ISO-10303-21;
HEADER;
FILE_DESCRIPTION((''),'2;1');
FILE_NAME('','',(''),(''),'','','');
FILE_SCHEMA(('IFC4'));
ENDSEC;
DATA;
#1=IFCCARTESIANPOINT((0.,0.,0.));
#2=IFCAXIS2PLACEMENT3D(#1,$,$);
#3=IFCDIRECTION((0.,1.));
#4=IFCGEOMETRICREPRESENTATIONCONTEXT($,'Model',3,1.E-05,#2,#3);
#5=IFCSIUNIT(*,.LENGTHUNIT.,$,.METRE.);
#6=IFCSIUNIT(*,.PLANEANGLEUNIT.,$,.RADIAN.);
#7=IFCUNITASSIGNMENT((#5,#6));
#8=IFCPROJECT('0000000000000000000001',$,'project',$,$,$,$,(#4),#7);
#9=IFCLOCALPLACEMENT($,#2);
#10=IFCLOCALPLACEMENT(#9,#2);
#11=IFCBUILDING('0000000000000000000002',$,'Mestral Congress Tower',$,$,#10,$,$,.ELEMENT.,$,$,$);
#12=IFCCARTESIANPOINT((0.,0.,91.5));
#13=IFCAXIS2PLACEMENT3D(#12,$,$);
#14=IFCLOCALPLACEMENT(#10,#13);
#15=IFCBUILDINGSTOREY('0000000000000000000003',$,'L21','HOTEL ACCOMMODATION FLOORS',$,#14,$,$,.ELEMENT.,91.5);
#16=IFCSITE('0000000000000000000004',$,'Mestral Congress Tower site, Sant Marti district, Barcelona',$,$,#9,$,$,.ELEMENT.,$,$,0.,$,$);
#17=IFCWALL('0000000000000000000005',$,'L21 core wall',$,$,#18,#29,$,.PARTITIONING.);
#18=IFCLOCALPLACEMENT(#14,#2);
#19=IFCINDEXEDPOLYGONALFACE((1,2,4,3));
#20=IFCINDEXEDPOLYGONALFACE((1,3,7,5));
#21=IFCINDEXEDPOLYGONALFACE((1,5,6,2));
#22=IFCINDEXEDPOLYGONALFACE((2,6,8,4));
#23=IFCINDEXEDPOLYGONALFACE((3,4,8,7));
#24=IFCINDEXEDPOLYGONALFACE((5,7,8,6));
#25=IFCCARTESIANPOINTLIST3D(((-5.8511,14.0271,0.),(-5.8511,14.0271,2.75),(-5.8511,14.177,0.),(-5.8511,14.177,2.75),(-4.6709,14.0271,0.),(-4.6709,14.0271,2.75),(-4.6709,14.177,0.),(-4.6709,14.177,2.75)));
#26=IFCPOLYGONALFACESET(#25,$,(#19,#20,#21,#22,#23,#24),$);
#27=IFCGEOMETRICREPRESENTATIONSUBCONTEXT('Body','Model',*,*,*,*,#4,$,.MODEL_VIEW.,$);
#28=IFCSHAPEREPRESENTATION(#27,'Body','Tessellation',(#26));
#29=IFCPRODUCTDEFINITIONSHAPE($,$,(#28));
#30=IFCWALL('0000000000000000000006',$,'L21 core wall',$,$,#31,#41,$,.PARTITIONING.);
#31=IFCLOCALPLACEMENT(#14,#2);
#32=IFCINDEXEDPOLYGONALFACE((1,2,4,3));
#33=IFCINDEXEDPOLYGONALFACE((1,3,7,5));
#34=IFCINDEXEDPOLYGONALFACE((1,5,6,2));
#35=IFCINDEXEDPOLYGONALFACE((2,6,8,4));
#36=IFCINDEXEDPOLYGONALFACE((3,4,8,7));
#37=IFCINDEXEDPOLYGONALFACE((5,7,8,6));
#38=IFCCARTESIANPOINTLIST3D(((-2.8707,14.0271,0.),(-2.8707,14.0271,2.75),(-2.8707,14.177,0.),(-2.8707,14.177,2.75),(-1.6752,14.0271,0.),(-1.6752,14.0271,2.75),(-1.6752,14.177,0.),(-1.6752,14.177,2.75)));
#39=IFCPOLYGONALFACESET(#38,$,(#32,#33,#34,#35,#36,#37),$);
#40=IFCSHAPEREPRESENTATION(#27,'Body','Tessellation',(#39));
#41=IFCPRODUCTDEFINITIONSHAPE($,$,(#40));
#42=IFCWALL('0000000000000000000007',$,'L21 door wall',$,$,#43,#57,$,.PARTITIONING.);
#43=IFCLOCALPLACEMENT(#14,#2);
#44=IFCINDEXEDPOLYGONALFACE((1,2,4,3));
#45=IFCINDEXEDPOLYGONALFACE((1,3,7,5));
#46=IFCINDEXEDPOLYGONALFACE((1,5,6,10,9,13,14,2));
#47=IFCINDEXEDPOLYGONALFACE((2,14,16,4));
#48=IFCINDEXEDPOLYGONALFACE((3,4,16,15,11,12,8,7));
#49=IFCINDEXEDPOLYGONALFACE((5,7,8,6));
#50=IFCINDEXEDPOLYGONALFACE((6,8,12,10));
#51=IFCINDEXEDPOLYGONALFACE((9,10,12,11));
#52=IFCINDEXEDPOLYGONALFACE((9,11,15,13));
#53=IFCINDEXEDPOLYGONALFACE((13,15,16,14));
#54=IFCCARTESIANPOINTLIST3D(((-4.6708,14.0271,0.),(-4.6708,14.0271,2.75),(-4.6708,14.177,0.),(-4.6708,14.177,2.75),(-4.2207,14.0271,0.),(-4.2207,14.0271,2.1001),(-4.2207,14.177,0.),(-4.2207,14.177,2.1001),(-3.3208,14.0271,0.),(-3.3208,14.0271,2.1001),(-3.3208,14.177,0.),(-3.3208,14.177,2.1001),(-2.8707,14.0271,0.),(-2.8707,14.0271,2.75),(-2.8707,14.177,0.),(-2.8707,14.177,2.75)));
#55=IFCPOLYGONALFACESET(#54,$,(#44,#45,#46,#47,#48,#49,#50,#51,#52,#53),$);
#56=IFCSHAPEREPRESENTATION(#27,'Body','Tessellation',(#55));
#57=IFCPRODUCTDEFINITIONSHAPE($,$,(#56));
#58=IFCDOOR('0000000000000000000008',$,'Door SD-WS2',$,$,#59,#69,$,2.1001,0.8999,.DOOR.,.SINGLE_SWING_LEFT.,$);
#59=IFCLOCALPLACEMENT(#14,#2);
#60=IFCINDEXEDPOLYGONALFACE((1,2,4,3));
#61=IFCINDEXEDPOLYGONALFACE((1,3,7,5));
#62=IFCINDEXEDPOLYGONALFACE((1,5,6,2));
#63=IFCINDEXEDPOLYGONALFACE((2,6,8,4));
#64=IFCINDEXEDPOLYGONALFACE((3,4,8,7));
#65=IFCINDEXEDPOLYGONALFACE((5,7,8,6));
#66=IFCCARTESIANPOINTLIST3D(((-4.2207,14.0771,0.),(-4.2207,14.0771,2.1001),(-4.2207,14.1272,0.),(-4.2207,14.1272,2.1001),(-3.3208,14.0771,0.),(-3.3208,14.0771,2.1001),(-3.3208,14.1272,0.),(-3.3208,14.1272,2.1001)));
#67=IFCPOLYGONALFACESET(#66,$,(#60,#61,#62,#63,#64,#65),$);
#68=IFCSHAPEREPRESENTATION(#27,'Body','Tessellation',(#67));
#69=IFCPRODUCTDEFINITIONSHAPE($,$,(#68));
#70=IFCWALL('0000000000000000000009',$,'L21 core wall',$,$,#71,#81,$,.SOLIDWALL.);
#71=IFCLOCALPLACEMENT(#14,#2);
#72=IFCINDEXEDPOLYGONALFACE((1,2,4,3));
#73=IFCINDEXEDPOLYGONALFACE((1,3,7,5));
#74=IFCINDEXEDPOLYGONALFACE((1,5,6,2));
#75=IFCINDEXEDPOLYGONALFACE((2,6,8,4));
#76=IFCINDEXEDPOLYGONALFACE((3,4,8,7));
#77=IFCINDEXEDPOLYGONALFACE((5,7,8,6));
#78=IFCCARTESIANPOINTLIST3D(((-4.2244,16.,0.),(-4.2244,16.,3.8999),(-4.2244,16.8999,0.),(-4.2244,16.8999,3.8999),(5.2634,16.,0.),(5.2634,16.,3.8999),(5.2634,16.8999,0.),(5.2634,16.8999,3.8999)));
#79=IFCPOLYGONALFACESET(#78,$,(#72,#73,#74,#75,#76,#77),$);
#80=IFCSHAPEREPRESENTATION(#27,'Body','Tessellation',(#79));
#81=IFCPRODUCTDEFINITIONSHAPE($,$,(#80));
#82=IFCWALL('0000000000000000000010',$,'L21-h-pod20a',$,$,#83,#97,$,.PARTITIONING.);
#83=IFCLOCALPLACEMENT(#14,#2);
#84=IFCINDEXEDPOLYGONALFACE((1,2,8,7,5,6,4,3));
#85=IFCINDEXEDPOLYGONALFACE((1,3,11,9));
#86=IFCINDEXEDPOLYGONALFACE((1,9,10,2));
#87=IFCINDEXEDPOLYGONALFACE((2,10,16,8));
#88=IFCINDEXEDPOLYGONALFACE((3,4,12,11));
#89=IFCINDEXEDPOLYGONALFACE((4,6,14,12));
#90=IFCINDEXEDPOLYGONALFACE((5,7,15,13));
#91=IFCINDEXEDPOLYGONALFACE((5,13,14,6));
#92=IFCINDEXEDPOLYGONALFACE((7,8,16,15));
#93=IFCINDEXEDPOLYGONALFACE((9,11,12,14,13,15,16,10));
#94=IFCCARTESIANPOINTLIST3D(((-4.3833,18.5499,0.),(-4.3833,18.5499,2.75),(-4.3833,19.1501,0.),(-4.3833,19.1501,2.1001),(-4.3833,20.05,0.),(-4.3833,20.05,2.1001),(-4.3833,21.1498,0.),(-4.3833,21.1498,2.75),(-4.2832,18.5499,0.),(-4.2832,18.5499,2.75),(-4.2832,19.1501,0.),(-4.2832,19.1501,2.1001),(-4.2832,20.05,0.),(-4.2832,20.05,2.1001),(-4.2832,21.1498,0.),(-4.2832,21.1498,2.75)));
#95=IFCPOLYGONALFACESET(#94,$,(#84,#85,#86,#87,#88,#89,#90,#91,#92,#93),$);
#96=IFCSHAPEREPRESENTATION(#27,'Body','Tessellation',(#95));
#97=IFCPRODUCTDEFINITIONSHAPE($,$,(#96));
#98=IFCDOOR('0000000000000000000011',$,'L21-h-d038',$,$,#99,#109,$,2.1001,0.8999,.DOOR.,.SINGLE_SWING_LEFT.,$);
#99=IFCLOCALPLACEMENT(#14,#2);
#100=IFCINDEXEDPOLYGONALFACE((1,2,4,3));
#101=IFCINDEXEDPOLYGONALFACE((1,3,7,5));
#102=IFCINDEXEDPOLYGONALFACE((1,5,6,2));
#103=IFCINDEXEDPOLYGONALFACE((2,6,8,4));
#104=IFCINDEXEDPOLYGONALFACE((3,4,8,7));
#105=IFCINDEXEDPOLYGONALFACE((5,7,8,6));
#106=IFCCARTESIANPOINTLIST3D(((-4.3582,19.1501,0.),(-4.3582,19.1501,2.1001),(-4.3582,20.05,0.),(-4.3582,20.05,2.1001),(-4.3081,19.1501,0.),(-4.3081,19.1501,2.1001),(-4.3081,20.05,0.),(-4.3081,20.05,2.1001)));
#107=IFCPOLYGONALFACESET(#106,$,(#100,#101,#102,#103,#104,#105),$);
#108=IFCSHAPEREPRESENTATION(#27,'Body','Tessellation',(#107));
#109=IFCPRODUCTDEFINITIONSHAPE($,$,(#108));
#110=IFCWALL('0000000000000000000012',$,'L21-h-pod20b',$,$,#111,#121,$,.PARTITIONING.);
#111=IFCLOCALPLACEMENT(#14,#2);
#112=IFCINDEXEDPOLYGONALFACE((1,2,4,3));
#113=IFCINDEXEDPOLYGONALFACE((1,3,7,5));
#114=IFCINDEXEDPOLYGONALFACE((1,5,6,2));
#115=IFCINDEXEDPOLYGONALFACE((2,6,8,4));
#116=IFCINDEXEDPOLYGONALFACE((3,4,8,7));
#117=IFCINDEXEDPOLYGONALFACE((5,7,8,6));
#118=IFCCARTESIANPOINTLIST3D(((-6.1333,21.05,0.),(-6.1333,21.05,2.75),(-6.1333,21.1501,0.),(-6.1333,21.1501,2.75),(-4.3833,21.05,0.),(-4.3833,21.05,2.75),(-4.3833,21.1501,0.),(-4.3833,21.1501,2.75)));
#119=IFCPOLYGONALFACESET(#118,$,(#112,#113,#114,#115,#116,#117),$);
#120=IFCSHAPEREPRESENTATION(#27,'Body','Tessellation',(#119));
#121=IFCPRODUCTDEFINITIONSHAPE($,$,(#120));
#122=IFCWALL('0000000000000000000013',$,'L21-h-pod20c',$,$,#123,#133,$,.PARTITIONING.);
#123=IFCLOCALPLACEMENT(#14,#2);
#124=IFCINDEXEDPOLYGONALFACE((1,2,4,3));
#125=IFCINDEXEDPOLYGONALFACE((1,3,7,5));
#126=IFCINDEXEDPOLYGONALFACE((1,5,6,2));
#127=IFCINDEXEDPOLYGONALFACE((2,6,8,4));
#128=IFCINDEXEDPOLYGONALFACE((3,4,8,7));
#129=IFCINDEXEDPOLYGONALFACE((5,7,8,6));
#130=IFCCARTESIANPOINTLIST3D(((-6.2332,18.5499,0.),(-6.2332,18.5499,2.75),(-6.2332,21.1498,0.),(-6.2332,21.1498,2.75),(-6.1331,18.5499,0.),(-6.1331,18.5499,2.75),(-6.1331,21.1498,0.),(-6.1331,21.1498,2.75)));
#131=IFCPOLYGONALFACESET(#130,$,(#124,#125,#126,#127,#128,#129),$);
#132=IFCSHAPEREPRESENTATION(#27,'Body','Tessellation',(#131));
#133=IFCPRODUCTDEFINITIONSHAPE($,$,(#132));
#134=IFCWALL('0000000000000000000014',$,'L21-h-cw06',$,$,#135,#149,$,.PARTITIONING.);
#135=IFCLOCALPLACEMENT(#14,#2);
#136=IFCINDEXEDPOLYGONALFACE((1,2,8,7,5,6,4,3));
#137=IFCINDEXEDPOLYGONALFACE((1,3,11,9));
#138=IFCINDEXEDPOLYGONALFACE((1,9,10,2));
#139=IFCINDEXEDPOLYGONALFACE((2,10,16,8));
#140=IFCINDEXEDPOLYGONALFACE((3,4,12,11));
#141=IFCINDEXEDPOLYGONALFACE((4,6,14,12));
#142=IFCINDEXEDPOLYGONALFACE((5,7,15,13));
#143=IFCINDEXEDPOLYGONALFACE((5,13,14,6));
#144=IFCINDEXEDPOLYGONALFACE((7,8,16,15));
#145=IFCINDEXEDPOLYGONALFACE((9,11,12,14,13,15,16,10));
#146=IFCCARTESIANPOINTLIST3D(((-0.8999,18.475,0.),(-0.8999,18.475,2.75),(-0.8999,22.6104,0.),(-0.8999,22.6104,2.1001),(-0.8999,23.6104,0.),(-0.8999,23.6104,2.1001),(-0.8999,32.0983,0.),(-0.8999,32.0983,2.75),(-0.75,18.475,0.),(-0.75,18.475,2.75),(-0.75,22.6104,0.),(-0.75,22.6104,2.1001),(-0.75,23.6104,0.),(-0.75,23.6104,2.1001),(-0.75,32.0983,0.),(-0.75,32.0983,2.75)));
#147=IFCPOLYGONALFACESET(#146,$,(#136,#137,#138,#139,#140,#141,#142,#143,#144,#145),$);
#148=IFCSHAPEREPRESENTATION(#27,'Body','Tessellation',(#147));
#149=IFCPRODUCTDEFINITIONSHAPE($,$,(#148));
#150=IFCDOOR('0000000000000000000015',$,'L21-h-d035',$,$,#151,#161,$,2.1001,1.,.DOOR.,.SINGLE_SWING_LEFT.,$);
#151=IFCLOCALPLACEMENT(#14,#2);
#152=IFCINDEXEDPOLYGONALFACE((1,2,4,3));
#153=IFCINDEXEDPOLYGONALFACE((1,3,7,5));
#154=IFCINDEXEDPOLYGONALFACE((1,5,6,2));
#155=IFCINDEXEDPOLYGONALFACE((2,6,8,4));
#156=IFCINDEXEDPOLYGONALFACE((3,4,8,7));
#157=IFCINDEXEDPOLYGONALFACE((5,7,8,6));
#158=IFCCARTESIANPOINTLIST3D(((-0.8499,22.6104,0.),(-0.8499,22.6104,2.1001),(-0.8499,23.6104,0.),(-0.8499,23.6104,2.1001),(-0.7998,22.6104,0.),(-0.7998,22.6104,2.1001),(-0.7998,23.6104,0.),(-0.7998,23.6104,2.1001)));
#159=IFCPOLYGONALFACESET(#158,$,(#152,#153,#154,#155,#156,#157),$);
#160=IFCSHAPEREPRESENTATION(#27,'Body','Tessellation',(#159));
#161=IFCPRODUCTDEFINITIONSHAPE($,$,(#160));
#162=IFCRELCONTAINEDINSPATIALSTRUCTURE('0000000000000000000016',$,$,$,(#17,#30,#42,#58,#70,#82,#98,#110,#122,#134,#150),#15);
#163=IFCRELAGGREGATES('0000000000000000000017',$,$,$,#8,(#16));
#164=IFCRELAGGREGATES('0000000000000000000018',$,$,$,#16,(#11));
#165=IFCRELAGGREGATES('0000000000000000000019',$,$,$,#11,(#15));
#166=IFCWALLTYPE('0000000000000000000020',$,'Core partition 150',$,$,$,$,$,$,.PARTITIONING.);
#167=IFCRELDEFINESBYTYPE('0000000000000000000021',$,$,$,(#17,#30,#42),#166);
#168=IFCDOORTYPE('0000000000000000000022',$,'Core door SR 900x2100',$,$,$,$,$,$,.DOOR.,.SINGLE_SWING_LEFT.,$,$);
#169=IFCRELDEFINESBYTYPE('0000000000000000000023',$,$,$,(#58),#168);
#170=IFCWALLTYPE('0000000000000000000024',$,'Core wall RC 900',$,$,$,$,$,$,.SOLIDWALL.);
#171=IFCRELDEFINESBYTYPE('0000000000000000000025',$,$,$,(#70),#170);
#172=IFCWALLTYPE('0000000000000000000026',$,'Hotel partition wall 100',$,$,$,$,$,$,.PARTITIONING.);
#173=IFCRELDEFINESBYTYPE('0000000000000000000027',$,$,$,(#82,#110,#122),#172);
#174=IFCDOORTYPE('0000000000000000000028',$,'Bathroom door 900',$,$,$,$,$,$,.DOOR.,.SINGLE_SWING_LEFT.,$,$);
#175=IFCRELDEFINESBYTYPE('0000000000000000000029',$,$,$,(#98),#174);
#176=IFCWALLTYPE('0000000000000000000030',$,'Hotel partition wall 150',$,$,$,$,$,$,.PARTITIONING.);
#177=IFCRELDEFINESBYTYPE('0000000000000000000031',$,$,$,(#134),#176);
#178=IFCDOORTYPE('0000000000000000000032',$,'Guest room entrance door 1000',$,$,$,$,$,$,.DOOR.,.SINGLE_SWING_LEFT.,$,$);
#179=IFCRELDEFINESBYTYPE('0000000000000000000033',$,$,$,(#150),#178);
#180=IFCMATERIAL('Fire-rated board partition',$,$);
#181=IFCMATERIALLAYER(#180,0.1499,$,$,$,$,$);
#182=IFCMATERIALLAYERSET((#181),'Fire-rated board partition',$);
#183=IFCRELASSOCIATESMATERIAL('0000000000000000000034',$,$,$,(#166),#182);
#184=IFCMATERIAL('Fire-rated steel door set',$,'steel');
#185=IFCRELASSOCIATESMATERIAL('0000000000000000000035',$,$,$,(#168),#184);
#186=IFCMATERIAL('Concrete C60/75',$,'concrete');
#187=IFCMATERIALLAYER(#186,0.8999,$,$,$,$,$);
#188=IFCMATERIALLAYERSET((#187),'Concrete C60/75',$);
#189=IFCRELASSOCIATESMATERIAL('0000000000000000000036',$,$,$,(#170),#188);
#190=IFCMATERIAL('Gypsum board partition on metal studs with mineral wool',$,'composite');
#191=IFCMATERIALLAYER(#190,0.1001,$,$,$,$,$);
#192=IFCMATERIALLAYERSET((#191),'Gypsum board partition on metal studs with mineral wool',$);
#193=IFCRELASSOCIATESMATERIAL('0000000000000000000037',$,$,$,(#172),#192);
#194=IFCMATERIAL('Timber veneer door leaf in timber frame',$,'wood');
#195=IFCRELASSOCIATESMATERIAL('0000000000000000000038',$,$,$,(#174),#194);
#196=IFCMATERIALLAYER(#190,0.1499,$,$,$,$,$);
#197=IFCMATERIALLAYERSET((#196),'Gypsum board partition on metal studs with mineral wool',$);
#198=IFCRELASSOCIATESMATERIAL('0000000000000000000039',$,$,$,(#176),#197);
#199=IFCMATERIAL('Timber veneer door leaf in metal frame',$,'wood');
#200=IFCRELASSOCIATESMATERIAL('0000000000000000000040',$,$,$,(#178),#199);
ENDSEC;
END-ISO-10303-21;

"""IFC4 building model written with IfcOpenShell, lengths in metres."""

from ifc_helpers import new_model, si_unit, direction, frame, frame_2d, origin, place, context, subcontext, project, spatial, rectangle, extrude, material, layer, layer_set, type_object, element, fill, save


model = new_model("IFC4")

# Units and contexts
model_context = context("Model", 3, precision=1e-05, world=origin(), true_north=direction((0.0, 1.0)))
body_context = subcontext(model_context, "Body", "Model", "MODEL_VIEW")
ifc_project = project(units=[si_unit("LENGTHUNIT", "METRE"), si_unit("PLANEANGLEUNIT", "RADIAN")], contexts=[model_context])

# Site, building, storey
site_placement = place(None, origin())
site = spatial("IfcSite", under=ifc_project, at=site_placement, Name="Mestral Congress Tower site, Sant Marti district, Barcelona", CompositionType="ELEMENT", RefElevation=0.0)
building_placement = place(site_placement, origin())
building = spatial("IfcBuilding", under=site, at=building_placement, Name="Mestral Congress Tower", CompositionType="ELEMENT")
storey_placement = place(building_placement, frame((0.0, 0.0, 91.5)))
storey = spatial("IfcBuildingStorey", under=building, at=storey_placement, Name="L21", Description="HOTEL ACCOMMODATION FLOORS", CompositionType="ELEMENT", Elevation=91.5)

# Walls
ifc_material_1 = material(Name="Fire-rated board partition")
ifc_layer_1 = layer(ifc_material_1, 0.1499)
ifc_layer_set_1 = layer_set([ifc_layer_1], Name="Fire-rated board partition")
wall_type_1 = type_object("IfcWallType", Name="Core partition 150", PredefinedType="PARTITIONING", material=ifc_layer_set_1)
wall_1_placement = place(storey_placement, frame((-5.8511, 14.1021, 0.0), z_axis=(0.0, 0.0, 1.0), x_axis=(1.0, 0.0, 0.0)))
element("IfcWall", 1, at=wall_1_placement, inside=storey, type_object=wall_type_1, Name="L21 core wall", PredefinedType="PARTITIONING", context=body_context, shape_type="SweptSolid", body=[
    extrude(rectangle(XDim=1.1802, YDim=0.1499, at=frame_2d((0.5901, 0.0))), origin(), (0.0, 0.0, 1.0), 2.75),
])
wall_2_placement = place(storey_placement, frame((-2.8706, 14.1021, 0.0), z_axis=(0.0, 0.0, 1.0), x_axis=(1.0, 0.0, 0.0)))
element("IfcWall", 2, at=wall_2_placement, inside=storey, type_object=wall_type_1, Name="L21 core wall", PredefinedType="PARTITIONING", context=body_context, shape_type="SweptSolid", body=[
    extrude(rectangle(XDim=1.1956, YDim=0.1499, at=frame_2d((0.5977, 0.0))), origin(), (0.0, 0.0, 1.0), 2.75),
])

# Wall, opening, door
wall_3_placement = place(storey_placement, frame((-2.8708, 14.1021, 0.0), z_axis=(0.0, 0.0, 1.0), x_axis=(-1.0, 0.0, 0.0)))
wall_3 = element("IfcWall", 3, at=wall_3_placement, inside=storey, type_object=wall_type_1, Name="L21 door wall", PredefinedType="PARTITIONING", context=body_context, shape_type="SweptSolid", body=[
    extrude(rectangle(XDim=1.8, YDim=0.1499, at=frame_2d((0.8999, 0.0))), origin(), (0.0, 0.0, 1.0), 2.75),
])
opening_1_placement = place(wall_3_placement, frame((0.45, 0.0, 0.0)))
opening_1 = element("IfcOpeningElement", 4, at=opening_1_placement, cuts=wall_3, PredefinedType="OPENING", context=body_context, shape_type="SweptSolid", body=[
    extrude(rectangle(XDim=0.8999, YDim=2.1001, at=frame_2d((0.45, 1.05))), frame((0.0, 0.085, 0.0), z_axis=(0.0, -1.0, 0.0), x_axis=(1.0, 0.0, 0.0)), (0.0, 0.0, 1.0), 0.1699),
])
ifc_material_2 = material(Name="Fire-rated steel door set", Category="steel")
door_type_1 = type_object("IfcDoorType", Name="Core door SR 900x2100", OperationType="SINGLE_SWING_LEFT", PredefinedType="DOOR", material=ifc_material_2)
door_1_placement = place(opening_1_placement, origin())
door_1 = element("IfcDoor", 5, at=door_1_placement, inside=storey, type_object=door_type_1, Name="Door SD-WS2", OperationType="SINGLE_SWING_LEFT", OverallHeight=2.1001, OverallWidth=0.8999, PredefinedType="DOOR", context=body_context, shape_type="SweptSolid", body=[
    extrude(rectangle(XDim=0.8999, YDim=2.1001, at=frame_2d((0.45, 1.05))), frame((0.0, 0.0249, 0.0), z_axis=(0.0, -1.0, 0.0), x_axis=(1.0, 0.0, 0.0)), (0.0, 0.0, 1.0), 0.05),
])
fill(opening_1, door_1)

# Wall
ifc_material_3 = material(Name="Concrete C60/75", Category="concrete")
ifc_layer_2 = layer(ifc_material_3, 0.8999)
ifc_layer_set_2 = layer_set([ifc_layer_2], Name="Concrete C60/75")
wall_type_2 = type_object("IfcWallType", Name="Core wall RC 900", PredefinedType="SOLIDWALL", material=ifc_layer_set_2)
wall_4_placement = place(storey_placement, frame((-4.2244, 16.45, 0.0), z_axis=(0.0, 0.0, 1.0), x_axis=(1.0, 0.0, 0.0)))
element("IfcWall", 6, at=wall_4_placement, inside=storey, type_object=wall_type_2, Name="L21 core wall", PredefinedType="SOLIDWALL", context=body_context, shape_type="SweptSolid", body=[
    extrude(rectangle(XDim=9.4878, YDim=0.8999, at=frame_2d((4.7439, 0.0))), origin(), (0.0, 0.0, 1.0), 3.8999),
])

# Wall, opening, door
ifc_material_4 = material(Name="Gypsum board partition on metal studs with mineral wool", Category="composite")
ifc_layer_3 = layer(ifc_material_4, 0.1001)
ifc_layer_set_3 = layer_set([ifc_layer_3], Name="Gypsum board partition on metal studs with mineral wool")
wall_type_3 = type_object("IfcWallType", Name="Hotel partition wall 100", PredefinedType="PARTITIONING", material=ifc_layer_set_3)
wall_5_placement = place(storey_placement, frame((-4.3333, 18.55, 0.0), z_axis=(0.0, 0.0, 1.0), x_axis=(0.0, 1.0, 0.0)))
wall_5 = element("IfcWall", 7, at=wall_5_placement, inside=storey, type_object=wall_type_3, Name="L21-h-pod20a", PredefinedType="PARTITIONING", context=body_context, shape_type="SweptSolid", body=[
    extrude(rectangle(XDim=2.5999, YDim=0.1001, at=frame_2d((1.2998, 0.0))), origin(), (0.0, 0.0, 1.0), 2.75),
])
opening_2_placement = place(wall_5_placement, frame((0.6001, 0.0, 0.0)))
opening_2 = element("IfcOpeningElement", 8, at=opening_2_placement, cuts=wall_5, PredefinedType="OPENING", context=body_context, shape_type="SweptSolid", body=[
    extrude(rectangle(XDim=0.8999, YDim=2.1001, at=frame_2d((0.45, 1.05))), frame((0.0, 0.0601, 0.0), z_axis=(0.0, -1.0, 0.0), x_axis=(1.0, 0.0, 0.0)), (0.0, 0.0, 1.0), 0.1201),
])
ifc_material_5 = material(Name="Timber veneer door leaf in timber frame", Category="wood")
door_type_2 = type_object("IfcDoorType", Name="Bathroom door 900", OperationType="SINGLE_SWING_LEFT", PredefinedType="DOOR", material=ifc_material_5)
door_2_placement = place(opening_2_placement, origin())
door_2 = element("IfcDoor", 9, at=door_2_placement, inside=storey, type_object=door_type_2, Name="L21-h-d038", OperationType="SINGLE_SWING_LEFT", OverallHeight=2.1001, OverallWidth=0.8999, PredefinedType="DOOR", context=body_context, shape_type="SweptSolid", body=[
    extrude(rectangle(XDim=0.8999, YDim=2.1001, at=frame_2d((0.45, 1.05))), frame((0.0, 0.0249, 0.0), z_axis=(0.0, -1.0, 0.0), x_axis=(1.0, 0.0, 0.0)), (0.0, 0.0, 1.0), 0.05),
])
fill(opening_2, door_2)

# Walls
wall_6_placement = place(storey_placement, frame((-4.3833, 21.1001, 0.0), z_axis=(0.0, 0.0, 1.0), x_axis=(-1.0, 0.0, 0.0)))
element("IfcWall", 10, at=wall_6_placement, inside=storey, type_object=wall_type_3, Name="L21-h-pod20b", PredefinedType="PARTITIONING", context=body_context, shape_type="SweptSolid", body=[
    extrude(rectangle(XDim=1.75, YDim=0.1001, at=frame_2d((0.875, 0.0))), origin(), (0.0, 0.0, 1.0), 2.75),
])
wall_7_placement = place(storey_placement, frame((-6.1831, 18.55, 0.0), z_axis=(0.0, 0.0, 1.0), x_axis=(0.0, 1.0, 0.0)))
element("IfcWall", 11, at=wall_7_placement, inside=storey, type_object=wall_type_3, Name="L21-h-pod20c", PredefinedType="PARTITIONING", context=body_context, shape_type="SweptSolid", body=[
    extrude(rectangle(XDim=2.5999, YDim=0.1001, at=frame_2d((1.2998, 0.0))), origin(), (0.0, 0.0, 1.0), 2.75),
])

# Wall, opening, door
ifc_layer_4 = layer(ifc_material_4, 0.1499)
ifc_layer_set_4 = layer_set([ifc_layer_4], Name="Gypsum board partition on metal studs with mineral wool")
wall_type_4 = type_object("IfcWallType", Name="Hotel partition wall 150", PredefinedType="PARTITIONING", material=ifc_layer_set_4)
wall_8_placement = place(storey_placement, frame((-0.825, 18.4751, 0.0), z_axis=(0.0, 0.0, 1.0), x_axis=(0.0, 1.0, 0.0)))
wall_8 = element("IfcWall", 12, at=wall_8_placement, inside=storey, type_object=wall_type_4, Name="L21-h-cw06", PredefinedType="PARTITIONING", context=body_context, shape_type="SweptSolid", body=[
    extrude(rectangle(XDim=13.6233, YDim=0.1499, at=frame_2d((6.8115, 0.0))), origin(), (0.0, 0.0, 1.0), 2.75),
])
opening_3_placement = place(wall_8_placement, frame((4.1353, 0.0, 0.0)))
opening_3 = element("IfcOpeningElement", 13, at=opening_3_placement, cuts=wall_8, PredefinedType="OPENING", context=body_context, shape_type="SweptSolid", body=[
    extrude(rectangle(XDim=1.0, YDim=2.1001, at=frame_2d((0.5, 1.05))), frame((0.0, 0.085, 0.0), z_axis=(0.0, -1.0, 0.0), x_axis=(1.0, 0.0, 0.0)), (0.0, 0.0, 1.0), 0.1699),
])
ifc_material_6 = material(Name="Timber veneer door leaf in metal frame", Category="wood")
door_type_3 = type_object("IfcDoorType", Name="Guest room entrance door 1000", OperationType="SINGLE_SWING_LEFT", PredefinedType="DOOR", material=ifc_material_6)
door_3_placement = place(opening_3_placement, origin())
door_3 = element("IfcDoor", 14, at=door_3_placement, inside=storey, type_object=door_type_3, Name="L21-h-d035", OperationType="SINGLE_SWING_LEFT", OverallHeight=2.1001, OverallWidth=1.0, PredefinedType="DOOR", context=body_context, shape_type="SweptSolid", body=[
    extrude(rectangle(XDim=1.0, YDim=2.1001, at=frame_2d((0.5, 1.05))), frame((0.0, 0.0249, 0.0), z_axis=(0.0, -1.0, 0.0), x_axis=(1.0, 0.0, 0.0)), (0.0, 0.0, 1.0), 0.05),
])
fill(opening_3, door_3)

save(model, "model.ifc")
